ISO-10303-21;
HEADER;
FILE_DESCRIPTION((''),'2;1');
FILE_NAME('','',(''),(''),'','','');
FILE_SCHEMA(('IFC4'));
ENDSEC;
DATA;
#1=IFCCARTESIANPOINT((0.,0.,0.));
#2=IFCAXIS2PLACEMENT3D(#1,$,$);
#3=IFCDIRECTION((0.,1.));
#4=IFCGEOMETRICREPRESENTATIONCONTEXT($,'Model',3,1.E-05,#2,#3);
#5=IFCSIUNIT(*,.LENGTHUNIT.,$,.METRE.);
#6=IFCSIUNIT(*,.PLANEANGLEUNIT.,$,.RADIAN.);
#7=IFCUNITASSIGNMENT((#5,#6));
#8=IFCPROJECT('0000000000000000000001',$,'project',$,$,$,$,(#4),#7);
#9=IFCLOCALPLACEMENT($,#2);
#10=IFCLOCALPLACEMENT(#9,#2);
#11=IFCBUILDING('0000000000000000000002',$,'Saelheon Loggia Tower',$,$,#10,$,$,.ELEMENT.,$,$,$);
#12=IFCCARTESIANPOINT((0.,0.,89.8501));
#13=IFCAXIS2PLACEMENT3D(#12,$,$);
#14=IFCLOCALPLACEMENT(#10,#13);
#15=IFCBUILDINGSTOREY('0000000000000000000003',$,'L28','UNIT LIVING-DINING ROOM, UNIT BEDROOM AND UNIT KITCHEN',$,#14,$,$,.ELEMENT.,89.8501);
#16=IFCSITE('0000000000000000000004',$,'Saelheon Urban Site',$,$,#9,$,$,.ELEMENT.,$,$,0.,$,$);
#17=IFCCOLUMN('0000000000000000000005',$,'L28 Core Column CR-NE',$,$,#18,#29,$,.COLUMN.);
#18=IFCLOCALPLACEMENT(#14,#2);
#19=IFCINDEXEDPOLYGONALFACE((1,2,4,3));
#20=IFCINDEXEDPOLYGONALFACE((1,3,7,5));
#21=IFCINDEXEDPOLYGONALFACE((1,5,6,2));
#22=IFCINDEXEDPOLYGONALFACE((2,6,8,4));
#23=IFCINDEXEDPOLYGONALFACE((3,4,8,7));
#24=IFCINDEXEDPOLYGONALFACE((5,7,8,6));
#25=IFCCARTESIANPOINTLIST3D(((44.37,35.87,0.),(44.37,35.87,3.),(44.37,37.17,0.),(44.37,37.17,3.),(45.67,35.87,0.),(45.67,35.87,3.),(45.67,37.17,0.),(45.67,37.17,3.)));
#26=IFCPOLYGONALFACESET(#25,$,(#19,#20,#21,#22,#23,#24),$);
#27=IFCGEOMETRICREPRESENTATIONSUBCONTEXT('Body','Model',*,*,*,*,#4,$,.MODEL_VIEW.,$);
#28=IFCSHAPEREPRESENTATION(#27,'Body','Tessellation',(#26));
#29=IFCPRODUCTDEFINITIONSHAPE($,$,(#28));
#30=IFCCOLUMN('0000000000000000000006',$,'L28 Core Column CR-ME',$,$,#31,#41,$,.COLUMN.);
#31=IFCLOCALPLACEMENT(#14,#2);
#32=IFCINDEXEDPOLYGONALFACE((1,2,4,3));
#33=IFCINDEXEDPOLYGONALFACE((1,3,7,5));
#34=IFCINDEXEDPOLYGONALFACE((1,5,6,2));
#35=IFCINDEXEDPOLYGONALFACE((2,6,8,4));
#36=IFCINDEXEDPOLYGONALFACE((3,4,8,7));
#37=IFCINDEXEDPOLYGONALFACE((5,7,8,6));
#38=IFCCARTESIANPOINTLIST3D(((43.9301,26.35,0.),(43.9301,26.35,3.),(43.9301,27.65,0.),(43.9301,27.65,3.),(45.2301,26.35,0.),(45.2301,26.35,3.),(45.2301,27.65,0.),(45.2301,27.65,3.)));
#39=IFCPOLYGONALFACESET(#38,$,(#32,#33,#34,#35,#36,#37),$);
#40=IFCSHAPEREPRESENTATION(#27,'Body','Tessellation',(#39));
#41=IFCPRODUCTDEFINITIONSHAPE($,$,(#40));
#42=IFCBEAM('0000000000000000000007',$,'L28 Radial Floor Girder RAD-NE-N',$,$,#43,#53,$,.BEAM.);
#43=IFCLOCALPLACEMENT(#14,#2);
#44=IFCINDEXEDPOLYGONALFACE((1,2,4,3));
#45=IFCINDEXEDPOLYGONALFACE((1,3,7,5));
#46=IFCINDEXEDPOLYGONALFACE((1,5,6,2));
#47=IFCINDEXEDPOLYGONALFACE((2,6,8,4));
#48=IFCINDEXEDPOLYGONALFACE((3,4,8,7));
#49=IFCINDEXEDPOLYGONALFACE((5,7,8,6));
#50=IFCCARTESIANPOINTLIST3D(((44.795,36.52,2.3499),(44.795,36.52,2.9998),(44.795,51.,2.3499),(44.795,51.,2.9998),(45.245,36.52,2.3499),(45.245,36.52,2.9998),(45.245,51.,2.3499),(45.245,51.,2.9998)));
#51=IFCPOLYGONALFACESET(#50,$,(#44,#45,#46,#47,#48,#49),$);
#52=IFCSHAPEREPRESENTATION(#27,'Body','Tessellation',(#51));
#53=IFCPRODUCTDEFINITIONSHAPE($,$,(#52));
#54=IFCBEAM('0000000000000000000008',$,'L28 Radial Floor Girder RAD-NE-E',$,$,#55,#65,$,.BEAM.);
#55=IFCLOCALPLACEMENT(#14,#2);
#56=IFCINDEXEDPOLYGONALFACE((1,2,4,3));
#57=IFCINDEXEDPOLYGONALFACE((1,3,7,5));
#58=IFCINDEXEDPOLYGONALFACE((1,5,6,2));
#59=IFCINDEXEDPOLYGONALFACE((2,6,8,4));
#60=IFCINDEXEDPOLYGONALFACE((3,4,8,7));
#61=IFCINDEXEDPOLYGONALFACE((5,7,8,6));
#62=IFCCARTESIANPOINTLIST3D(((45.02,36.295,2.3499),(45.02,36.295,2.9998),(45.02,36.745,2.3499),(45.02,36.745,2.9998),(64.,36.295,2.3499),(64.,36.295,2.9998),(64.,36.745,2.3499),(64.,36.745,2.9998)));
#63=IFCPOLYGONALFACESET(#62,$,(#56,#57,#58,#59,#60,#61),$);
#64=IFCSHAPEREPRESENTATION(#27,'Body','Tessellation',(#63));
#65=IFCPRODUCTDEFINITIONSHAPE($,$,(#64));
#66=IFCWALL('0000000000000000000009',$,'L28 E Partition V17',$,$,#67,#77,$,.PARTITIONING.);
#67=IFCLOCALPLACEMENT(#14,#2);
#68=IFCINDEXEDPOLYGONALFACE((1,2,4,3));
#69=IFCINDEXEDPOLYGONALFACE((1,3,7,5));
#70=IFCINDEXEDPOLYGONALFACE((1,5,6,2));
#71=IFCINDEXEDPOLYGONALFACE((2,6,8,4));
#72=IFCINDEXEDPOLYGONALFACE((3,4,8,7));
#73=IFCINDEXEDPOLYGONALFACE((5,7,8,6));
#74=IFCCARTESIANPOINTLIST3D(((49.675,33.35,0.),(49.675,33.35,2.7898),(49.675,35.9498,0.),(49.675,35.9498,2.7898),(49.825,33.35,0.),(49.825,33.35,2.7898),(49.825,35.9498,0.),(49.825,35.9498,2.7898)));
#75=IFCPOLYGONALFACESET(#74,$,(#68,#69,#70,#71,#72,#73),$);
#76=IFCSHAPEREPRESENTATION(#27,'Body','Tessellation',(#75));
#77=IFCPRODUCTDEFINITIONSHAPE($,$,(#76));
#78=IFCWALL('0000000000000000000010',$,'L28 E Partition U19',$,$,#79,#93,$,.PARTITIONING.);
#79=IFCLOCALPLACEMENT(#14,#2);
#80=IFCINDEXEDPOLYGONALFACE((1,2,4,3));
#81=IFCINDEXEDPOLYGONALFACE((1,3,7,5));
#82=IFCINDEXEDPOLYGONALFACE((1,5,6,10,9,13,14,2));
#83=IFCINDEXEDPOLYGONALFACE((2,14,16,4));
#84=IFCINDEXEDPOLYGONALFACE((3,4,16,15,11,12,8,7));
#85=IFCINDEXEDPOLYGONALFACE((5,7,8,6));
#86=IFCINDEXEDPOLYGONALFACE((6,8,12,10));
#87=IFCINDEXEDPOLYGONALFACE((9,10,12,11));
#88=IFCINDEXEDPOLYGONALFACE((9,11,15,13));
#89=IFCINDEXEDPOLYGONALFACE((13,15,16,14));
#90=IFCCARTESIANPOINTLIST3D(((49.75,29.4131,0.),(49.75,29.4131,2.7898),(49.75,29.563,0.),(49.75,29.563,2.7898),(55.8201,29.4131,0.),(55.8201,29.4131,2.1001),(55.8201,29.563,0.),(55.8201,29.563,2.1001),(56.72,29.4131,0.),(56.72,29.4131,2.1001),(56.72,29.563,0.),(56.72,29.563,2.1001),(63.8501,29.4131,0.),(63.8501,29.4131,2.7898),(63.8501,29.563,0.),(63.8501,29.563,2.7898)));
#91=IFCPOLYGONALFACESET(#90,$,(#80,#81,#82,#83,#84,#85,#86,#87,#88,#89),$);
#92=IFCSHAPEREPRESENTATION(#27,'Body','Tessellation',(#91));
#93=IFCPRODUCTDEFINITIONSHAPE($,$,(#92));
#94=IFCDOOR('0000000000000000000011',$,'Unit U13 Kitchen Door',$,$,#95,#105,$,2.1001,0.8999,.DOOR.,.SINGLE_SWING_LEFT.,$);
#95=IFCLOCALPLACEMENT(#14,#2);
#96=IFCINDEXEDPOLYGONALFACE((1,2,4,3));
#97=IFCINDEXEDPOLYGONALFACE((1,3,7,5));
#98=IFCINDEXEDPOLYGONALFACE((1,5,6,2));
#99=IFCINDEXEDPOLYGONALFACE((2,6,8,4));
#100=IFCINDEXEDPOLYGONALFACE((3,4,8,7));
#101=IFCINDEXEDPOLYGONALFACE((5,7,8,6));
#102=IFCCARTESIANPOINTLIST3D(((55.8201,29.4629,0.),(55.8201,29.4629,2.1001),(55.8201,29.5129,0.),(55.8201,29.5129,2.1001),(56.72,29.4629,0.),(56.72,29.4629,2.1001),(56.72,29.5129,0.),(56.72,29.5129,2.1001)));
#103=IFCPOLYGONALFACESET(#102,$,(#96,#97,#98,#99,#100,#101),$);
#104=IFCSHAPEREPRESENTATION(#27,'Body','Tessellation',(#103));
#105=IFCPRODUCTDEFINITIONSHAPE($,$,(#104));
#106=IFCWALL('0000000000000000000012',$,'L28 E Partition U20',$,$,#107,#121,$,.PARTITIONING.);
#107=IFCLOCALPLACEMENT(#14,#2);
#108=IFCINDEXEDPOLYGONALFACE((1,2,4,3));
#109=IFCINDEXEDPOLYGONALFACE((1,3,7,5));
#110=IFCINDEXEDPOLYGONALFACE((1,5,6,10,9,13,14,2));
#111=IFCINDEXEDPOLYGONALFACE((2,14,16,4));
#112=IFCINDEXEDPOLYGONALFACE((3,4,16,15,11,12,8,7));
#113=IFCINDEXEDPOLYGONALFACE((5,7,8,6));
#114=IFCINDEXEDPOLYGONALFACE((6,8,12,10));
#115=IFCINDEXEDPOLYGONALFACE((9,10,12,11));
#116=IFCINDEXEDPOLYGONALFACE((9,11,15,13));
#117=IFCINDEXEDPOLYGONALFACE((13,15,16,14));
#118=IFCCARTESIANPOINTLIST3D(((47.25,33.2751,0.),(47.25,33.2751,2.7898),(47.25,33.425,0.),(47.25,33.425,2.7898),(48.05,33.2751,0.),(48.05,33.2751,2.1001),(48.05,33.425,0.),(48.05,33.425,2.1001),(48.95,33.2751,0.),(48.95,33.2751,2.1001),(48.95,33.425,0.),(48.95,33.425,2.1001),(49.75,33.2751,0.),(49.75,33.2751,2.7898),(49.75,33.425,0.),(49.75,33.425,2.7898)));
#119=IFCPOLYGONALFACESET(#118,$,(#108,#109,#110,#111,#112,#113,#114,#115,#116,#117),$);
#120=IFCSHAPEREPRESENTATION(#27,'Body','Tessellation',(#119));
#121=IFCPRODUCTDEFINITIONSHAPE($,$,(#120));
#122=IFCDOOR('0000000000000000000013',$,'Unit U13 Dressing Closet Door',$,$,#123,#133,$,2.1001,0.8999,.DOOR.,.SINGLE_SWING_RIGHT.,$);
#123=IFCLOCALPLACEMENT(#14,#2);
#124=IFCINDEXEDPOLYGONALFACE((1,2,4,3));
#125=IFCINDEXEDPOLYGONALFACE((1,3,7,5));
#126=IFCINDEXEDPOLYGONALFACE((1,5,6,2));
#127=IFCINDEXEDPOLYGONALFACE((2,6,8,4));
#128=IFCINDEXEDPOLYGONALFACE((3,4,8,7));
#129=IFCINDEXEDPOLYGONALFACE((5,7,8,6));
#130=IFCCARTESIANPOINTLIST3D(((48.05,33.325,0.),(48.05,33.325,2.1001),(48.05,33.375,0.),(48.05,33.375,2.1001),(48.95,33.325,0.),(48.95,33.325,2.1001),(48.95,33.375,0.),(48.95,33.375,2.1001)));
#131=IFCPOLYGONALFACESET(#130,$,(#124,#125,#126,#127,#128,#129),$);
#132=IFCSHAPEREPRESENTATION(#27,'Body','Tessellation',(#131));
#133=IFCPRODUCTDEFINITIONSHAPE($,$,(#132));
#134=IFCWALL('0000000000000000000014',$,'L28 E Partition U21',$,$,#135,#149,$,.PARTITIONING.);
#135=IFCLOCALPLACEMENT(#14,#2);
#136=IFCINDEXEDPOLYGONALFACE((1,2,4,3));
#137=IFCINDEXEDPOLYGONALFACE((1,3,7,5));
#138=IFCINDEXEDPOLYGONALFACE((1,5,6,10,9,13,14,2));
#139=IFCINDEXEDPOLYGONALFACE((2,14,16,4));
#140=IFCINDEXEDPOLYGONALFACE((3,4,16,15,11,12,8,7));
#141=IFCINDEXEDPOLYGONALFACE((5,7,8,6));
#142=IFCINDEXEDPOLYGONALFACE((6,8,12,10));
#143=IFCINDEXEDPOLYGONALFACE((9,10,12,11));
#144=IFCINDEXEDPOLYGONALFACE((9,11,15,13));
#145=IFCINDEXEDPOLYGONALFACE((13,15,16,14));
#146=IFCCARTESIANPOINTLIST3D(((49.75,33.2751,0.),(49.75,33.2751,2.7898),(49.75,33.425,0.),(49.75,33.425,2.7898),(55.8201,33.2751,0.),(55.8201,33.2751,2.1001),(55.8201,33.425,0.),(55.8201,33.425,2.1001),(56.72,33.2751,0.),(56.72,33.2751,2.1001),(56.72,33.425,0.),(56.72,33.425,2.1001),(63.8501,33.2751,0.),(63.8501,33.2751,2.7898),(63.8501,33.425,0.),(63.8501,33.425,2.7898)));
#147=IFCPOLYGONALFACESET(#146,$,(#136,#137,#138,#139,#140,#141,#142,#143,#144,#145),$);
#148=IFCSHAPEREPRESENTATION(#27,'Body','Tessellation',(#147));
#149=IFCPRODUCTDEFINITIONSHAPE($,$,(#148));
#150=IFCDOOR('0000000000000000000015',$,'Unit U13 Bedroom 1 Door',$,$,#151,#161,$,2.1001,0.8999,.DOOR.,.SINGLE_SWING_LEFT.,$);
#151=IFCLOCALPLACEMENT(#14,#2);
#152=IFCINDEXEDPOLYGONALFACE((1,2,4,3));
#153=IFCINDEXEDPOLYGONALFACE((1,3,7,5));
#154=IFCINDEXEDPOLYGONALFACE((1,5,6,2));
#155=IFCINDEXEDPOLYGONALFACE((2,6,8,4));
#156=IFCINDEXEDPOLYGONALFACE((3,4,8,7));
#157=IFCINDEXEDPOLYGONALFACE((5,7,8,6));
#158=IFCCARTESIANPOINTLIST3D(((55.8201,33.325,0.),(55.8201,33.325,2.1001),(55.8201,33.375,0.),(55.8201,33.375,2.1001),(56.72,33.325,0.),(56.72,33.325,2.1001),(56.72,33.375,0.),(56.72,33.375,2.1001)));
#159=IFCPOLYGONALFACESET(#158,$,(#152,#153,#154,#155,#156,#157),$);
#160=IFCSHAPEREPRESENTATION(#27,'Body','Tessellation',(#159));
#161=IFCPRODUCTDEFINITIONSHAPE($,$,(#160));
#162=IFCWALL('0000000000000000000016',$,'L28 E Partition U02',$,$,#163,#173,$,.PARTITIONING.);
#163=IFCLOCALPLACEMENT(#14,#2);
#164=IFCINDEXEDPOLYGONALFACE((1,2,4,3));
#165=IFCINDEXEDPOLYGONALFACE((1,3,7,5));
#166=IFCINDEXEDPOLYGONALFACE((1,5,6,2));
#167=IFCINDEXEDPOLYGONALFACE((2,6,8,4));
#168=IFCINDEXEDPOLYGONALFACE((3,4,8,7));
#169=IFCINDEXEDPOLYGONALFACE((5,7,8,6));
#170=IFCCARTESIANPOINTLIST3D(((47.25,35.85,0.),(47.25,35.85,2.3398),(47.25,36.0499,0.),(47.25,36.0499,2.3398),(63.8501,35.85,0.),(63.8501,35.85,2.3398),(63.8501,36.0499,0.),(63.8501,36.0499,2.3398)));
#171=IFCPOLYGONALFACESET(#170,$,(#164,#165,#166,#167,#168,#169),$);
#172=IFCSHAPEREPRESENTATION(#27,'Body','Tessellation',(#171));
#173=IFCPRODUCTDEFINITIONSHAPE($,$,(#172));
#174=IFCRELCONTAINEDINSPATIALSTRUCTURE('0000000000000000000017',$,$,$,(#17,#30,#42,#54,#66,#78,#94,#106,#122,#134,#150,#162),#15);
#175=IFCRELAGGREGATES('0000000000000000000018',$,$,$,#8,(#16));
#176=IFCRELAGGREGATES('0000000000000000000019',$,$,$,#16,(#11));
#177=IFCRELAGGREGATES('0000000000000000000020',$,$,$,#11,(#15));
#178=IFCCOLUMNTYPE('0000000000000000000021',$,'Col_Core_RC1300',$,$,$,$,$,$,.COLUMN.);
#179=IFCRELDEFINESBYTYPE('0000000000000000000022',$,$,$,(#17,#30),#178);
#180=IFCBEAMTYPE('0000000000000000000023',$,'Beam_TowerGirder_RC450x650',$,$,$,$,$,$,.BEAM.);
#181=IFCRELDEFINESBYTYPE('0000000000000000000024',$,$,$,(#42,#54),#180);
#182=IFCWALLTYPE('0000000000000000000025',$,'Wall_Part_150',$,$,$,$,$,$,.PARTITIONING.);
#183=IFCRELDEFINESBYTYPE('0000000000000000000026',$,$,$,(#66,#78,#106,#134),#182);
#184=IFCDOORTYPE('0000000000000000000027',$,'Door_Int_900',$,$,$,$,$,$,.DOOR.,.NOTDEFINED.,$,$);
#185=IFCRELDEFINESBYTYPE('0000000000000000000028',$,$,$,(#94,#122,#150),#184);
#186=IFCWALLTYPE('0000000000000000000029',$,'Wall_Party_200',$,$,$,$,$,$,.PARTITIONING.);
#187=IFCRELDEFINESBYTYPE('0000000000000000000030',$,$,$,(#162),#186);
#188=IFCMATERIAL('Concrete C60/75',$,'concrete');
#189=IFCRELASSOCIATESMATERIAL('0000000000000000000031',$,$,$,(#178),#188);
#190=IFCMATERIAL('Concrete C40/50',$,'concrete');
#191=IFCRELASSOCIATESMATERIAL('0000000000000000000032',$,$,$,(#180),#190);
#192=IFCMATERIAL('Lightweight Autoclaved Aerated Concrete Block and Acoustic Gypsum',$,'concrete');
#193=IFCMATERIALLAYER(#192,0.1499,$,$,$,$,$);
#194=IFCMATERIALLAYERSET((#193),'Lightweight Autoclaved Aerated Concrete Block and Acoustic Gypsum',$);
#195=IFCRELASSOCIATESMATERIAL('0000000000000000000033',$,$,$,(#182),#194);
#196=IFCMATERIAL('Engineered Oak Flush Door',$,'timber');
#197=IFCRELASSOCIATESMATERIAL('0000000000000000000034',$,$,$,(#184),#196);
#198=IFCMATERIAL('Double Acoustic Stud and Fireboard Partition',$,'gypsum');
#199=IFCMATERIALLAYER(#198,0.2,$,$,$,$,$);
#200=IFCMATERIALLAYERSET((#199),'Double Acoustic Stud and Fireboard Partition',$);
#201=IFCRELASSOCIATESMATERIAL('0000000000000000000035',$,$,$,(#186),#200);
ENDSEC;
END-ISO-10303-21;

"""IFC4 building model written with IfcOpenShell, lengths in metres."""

from ifc_helpers import new_model, si_unit, direction, frame, frame_2d, origin, origin_2d, place, context, subcontext, project, spatial, rectangle, extrude, source, transform, mapped, material, layer, layer_set, material_profile, profile_set, type_object, element, fill, save


model = new_model("IFC4")

# Units and contexts
model_context = context("Model", 3, precision=1e-05, world=origin(), true_north=direction((0.0, 1.0)))
body_context = subcontext(model_context, "Body", "Model", "MODEL_VIEW")
ifc_project = project(units=[si_unit("LENGTHUNIT", "METRE"), si_unit("PLANEANGLEUNIT", "RADIAN")], contexts=[model_context])

# Site, building, storey
site_placement = place(None, origin())
site = spatial("IfcSite", under=ifc_project, at=site_placement, Name="Saelheon Urban Site", CompositionType="ELEMENT", RefElevation=0.0)
building_placement = place(site_placement, origin())
building = spatial("IfcBuilding", under=site, at=building_placement, Name="Saelheon Loggia Tower", CompositionType="ELEMENT")
storey_placement = place(building_placement, frame((0.0, 0.0, 89.8501)))
storey = spatial("IfcBuildingStorey", under=building, at=storey_placement, Name="L28", Description="UNIT LIVING-DINING ROOM, UNIT BEDROOM AND UNIT KITCHEN", CompositionType="ELEMENT", Elevation=89.8501)

# Columns
ifc_material_1 = material(Name="Concrete C60/75", Category="concrete")
ifc_material_profile_1 = material_profile(ifc_material_1, rectangle(XDim=1.3, YDim=1.3, at=origin_2d()), Name="RC-1300x1300")
ifc_profile_set_1 = profile_set([ifc_material_profile_1], Name="Concrete C60/75")
column_type = type_object("IfcColumnType", Name="Col_Core_RC1300", PredefinedType="COLUMN", material=ifc_profile_set_1)
shared_shape_1 = source(origin(), body_context, "Body", "SweptSolid", [
    extrude(rectangle(XDim=1.3, YDim=1.3, at=origin_2d()), origin(), (0.0, 0.0, 1.0), 3.0),
])
for number, where, z_axis, x_axis, name in (
    (1, (45.02, 36.52, 0.0), (0.0, 0.0, 1.0), (1.0, 0.0, 0.0), "L28 Core Column CR-NE"),
    (2, (44.5801, 27.0, 0.0), (0.0, 0.0, 1.0), (1.0, 0.0, 0.0), "L28 Core Column CR-ME"),
):
    element("IfcColumn", number, at=place(storey_placement, frame(where, z_axis=z_axis, x_axis=x_axis)), inside=storey, type_object=column_type, Name=name, PredefinedType="COLUMN", context=body_context, shape_type="MappedRepresentation", body=[
        mapped(shared_shape_1, transform((0.0, 0.0, 0.0), scale=1.0)),
    ])

# Beams
ifc_material_2 = material(Name="Concrete C40/50", Category="concrete")
ifc_material_profile_2 = material_profile(ifc_material_2, rectangle(XDim=0.45, YDim=0.6499, at=origin_2d()), Name="RC-450x650")
ifc_profile_set_2 = profile_set([ifc_material_profile_2], Name="Concrete C40/50")
beam_type = type_object("IfcBeamType", Name="Beam_TowerGirder_RC450x650", PredefinedType="BEAM", material=ifc_profile_set_2)
shared_shape_2 = source(origin(), body_context, "Body", "SweptSolid", [
    extrude(rectangle(XDim=0.45, YDim=0.6499, at=origin_2d()), origin(), (0.0, 0.0, 1.0), 14.48),
])
beam_1_placement = place(storey_placement, frame((45.02, 36.52, 2.6748), z_axis=(0.0, 1.0, 0.0), x_axis=(-1.0, 0.0, 0.0)))
element("IfcBeam", 3, at=beam_1_placement, inside=storey, type_object=beam_type, Name="L28 Radial Floor Girder RAD-NE-N", PredefinedType="BEAM", context=body_context, shape_type="MappedRepresentation", body=[
    mapped(shared_shape_2, transform((0.0, 0.0, 0.0), scale=1.0)),
])
shared_shape_3 = source(origin(), body_context, "Body", "SweptSolid", [
    extrude(rectangle(XDim=0.45, YDim=0.6499, at=origin_2d()), origin(), (0.0, 0.0, 1.0), 18.98),
])
beam_2_placement = place(storey_placement, frame((45.02, 36.52, 2.6748), z_axis=(1.0, 0.0, 0.0), x_axis=(0.0, 1.0, 0.0)))
element("IfcBeam", 4, at=beam_2_placement, inside=storey, type_object=beam_type, Name="L28 Radial Floor Girder RAD-NE-E", PredefinedType="BEAM", context=body_context, shape_type="MappedRepresentation", body=[
    mapped(shared_shape_3, transform((0.0, 0.0, 0.0), scale=1.0)),
])

# Wall
ifc_material_3 = material(Name="Lightweight Autoclaved Aerated Concrete Block and Acoustic Gypsum", Category="concrete")
ifc_layer_1 = layer(ifc_material_3, 0.1499)
ifc_layer_set_1 = layer_set([ifc_layer_1], Name="Lightweight Autoclaved Aerated Concrete Block and Acoustic Gypsum")
wall_type_1 = type_object("IfcWallType", Name="Wall_Part_150", PredefinedType="PARTITIONING", material=ifc_layer_set_1)
wall_1_placement = place(storey_placement, frame((49.75, 33.3501, 0.0), z_axis=(0.0, 0.0, 1.0), x_axis=(0.0, 1.0, 0.0)))
element("IfcWall", 5, at=wall_1_placement, inside=storey, type_object=wall_type_1, Name="L28 E Partition V17", PredefinedType="PARTITIONING", context=body_context, shape_type="SweptSolid", body=[
    extrude(rectangle(XDim=2.5999, YDim=0.1499, at=frame_2d((1.2998, 0.0))), origin(), (0.0, 0.0, 1.0), 2.7898),
])

# Walls, openings, doors
wall_2_placement = place(storey_placement, frame((49.75, 29.488, 0.0), z_axis=(0.0, 0.0, 1.0), x_axis=(1.0, 0.0, 0.0)))
wall_2 = element("IfcWall", 6, at=wall_2_placement, inside=storey, type_object=wall_type_1, Name="L28 E Partition U19", PredefinedType="PARTITIONING", context=body_context, shape_type="SweptSolid", body=[
    extrude(rectangle(XDim=14.1001, YDim=0.1499, at=frame_2d((7.05, 0.0))), origin(), (0.0, 0.0, 1.0), 2.7898),
])
opening_1_placement = place(wall_2_placement, frame((6.0701, 0.0, 0.0)))
opening_1 = element("IfcOpeningElement", 7, at=opening_1_placement, cuts=wall_2, PredefinedType="OPENING", context=body_context, shape_type="SweptSolid", body=[
    extrude(rectangle(XDim=0.8999, YDim=2.1001, at=frame_2d((0.45, 1.05))), frame((0.0, 0.0869, 0.0), z_axis=(0.0, -1.0, 0.0), x_axis=(1.0, 0.0, 0.0)), (0.0, 0.0, 1.0), 0.1738),
])
ifc_material_4 = material(Name="Engineered Oak Flush Door", Category="timber")
door_type_1 = type_object("IfcDoorType", Name="Door_Int_900", OperationType="NOTDEFINED", PredefinedType="DOOR", material=ifc_material_4)
shared_shape_4 = source(origin(), body_context, "Body", "SweptSolid", [
    extrude(rectangle(XDim=0.8999, YDim=2.1001, at=frame_2d((0.45, 1.05))), frame((0.0, 0.0249, 0.0), z_axis=(0.0, -1.0, 0.0), x_axis=(1.0, 0.0, 0.0)), (0.0, 0.0, 1.0), 0.05),
])
door_1_placement = place(opening_1_placement, origin())
door_1 = element("IfcDoor", 8, at=door_1_placement, inside=storey, type_object=door_type_1, Name="Unit U13 Kitchen Door", OperationType="SINGLE_SWING_LEFT", OverallHeight=2.1001, OverallWidth=0.8999, PredefinedType="DOOR", context=body_context, shape_type="MappedRepresentation", body=[
    mapped(shared_shape_4, transform((0.0, 0.0, 0.0), scale=1.0)),
])
fill(opening_1, door_1)
wall_3_placement = place(storey_placement, frame((47.25, 33.3501, 0.0), z_axis=(0.0, 0.0, 1.0), x_axis=(1.0, 0.0, 0.0)))
wall_3 = element("IfcWall", 9, at=wall_3_placement, inside=storey, type_object=wall_type_1, Name="L28 E Partition U20", PredefinedType="PARTITIONING", context=body_context, shape_type="SweptSolid", body=[
    extrude(rectangle(XDim=2.5, YDim=0.1499, at=frame_2d((1.25, 0.0))), origin(), (0.0, 0.0, 1.0), 2.7898),
])
opening_2_placement = place(wall_3_placement, frame((0.8, 0.0, 0.0)))
opening_2 = element("IfcOpeningElement", 10, at=opening_2_placement, cuts=wall_3, PredefinedType="OPENING", context=body_context, shape_type="SweptSolid", body=[
    extrude(rectangle(XDim=0.8999, YDim=2.1001, at=frame_2d((0.45, 1.05))), frame((0.0, 0.0869, 0.0), z_axis=(0.0, -1.0, 0.0), x_axis=(1.0, 0.0, 0.0)), (0.0, 0.0, 1.0), 0.1738),
])
door_2_placement = place(opening_2_placement, origin())
door_2 = element("IfcDoor", 11, at=door_2_placement, inside=storey, type_object=door_type_1, Name="Unit U13 Dressing Closet Door", OperationType="SINGLE_SWING_RIGHT", OverallHeight=2.1001, OverallWidth=0.8999, PredefinedType="DOOR", context=body_context, shape_type="MappedRepresentation", body=[
    mapped(shared_shape_4, transform((0.0, 0.0, 0.0), scale=1.0)),
])
fill(opening_2, door_2)
wall_4_placement = place(storey_placement, frame((49.75, 33.3501, 0.0), z_axis=(0.0, 0.0, 1.0), x_axis=(1.0, 0.0, 0.0)))
wall_4 = element("IfcWall", 12, at=wall_4_placement, inside=storey, type_object=wall_type_1, Name="L28 E Partition U21", PredefinedType="PARTITIONING", context=body_context, shape_type="SweptSolid", body=[
    extrude(rectangle(XDim=14.1001, YDim=0.1499, at=frame_2d((7.05, 0.0))), origin(), (0.0, 0.0, 1.0), 2.7898),
])
opening_3_placement = place(wall_4_placement, frame((6.0701, 0.0, 0.0)))
opening_3 = element("IfcOpeningElement", 13, at=opening_3_placement, cuts=wall_4, PredefinedType="OPENING", context=body_context, shape_type="SweptSolid", body=[
    extrude(rectangle(XDim=0.8999, YDim=2.1001, at=frame_2d((0.45, 1.05))), frame((0.0, 0.0869, 0.0), z_axis=(0.0, -1.0, 0.0), x_axis=(1.0, 0.0, 0.0)), (0.0, 0.0, 1.0), 0.1738),
])
door_3_placement = place(opening_3_placement, origin())
door_3 = element("IfcDoor", 14, at=door_3_placement, inside=storey, type_object=door_type_1, Name="Unit U13 Bedroom 1 Door", OperationType="SINGLE_SWING_LEFT", OverallHeight=2.1001, OverallWidth=0.8999, PredefinedType="DOOR", context=body_context, shape_type="MappedRepresentation", body=[
    mapped(shared_shape_4, transform((0.0, 0.0, 0.0), scale=1.0)),
])
fill(opening_3, door_3)

# Wall
ifc_material_5 = material(Name="Double Acoustic Stud and Fireboard Partition", Category="gypsum")
ifc_layer_2 = layer(ifc_material_5, 0.2)
ifc_layer_set_2 = layer_set([ifc_layer_2], Name="Double Acoustic Stud and Fireboard Partition")
wall_type_2 = type_object("IfcWallType", Name="Wall_Party_200", PredefinedType="PARTITIONING", material=ifc_layer_set_2)
wall_5_placement = place(storey_placement, frame((47.25, 35.95, 0.0), z_axis=(0.0, 0.0, 1.0), x_axis=(1.0, 0.0, 0.0)))
element("IfcWall", 15, at=wall_5_placement, inside=storey, type_object=wall_type_2, Name="L28 E Partition U02", PredefinedType="PARTITIONING", context=body_context, shape_type="SweptSolid", body=[
    extrude(rectangle(XDim=16.6001, YDim=0.2, at=frame_2d((8.3, 0.0))), origin(), (0.0, 0.0, 1.0), 2.3398),
])

save(model, "model.ifc")
